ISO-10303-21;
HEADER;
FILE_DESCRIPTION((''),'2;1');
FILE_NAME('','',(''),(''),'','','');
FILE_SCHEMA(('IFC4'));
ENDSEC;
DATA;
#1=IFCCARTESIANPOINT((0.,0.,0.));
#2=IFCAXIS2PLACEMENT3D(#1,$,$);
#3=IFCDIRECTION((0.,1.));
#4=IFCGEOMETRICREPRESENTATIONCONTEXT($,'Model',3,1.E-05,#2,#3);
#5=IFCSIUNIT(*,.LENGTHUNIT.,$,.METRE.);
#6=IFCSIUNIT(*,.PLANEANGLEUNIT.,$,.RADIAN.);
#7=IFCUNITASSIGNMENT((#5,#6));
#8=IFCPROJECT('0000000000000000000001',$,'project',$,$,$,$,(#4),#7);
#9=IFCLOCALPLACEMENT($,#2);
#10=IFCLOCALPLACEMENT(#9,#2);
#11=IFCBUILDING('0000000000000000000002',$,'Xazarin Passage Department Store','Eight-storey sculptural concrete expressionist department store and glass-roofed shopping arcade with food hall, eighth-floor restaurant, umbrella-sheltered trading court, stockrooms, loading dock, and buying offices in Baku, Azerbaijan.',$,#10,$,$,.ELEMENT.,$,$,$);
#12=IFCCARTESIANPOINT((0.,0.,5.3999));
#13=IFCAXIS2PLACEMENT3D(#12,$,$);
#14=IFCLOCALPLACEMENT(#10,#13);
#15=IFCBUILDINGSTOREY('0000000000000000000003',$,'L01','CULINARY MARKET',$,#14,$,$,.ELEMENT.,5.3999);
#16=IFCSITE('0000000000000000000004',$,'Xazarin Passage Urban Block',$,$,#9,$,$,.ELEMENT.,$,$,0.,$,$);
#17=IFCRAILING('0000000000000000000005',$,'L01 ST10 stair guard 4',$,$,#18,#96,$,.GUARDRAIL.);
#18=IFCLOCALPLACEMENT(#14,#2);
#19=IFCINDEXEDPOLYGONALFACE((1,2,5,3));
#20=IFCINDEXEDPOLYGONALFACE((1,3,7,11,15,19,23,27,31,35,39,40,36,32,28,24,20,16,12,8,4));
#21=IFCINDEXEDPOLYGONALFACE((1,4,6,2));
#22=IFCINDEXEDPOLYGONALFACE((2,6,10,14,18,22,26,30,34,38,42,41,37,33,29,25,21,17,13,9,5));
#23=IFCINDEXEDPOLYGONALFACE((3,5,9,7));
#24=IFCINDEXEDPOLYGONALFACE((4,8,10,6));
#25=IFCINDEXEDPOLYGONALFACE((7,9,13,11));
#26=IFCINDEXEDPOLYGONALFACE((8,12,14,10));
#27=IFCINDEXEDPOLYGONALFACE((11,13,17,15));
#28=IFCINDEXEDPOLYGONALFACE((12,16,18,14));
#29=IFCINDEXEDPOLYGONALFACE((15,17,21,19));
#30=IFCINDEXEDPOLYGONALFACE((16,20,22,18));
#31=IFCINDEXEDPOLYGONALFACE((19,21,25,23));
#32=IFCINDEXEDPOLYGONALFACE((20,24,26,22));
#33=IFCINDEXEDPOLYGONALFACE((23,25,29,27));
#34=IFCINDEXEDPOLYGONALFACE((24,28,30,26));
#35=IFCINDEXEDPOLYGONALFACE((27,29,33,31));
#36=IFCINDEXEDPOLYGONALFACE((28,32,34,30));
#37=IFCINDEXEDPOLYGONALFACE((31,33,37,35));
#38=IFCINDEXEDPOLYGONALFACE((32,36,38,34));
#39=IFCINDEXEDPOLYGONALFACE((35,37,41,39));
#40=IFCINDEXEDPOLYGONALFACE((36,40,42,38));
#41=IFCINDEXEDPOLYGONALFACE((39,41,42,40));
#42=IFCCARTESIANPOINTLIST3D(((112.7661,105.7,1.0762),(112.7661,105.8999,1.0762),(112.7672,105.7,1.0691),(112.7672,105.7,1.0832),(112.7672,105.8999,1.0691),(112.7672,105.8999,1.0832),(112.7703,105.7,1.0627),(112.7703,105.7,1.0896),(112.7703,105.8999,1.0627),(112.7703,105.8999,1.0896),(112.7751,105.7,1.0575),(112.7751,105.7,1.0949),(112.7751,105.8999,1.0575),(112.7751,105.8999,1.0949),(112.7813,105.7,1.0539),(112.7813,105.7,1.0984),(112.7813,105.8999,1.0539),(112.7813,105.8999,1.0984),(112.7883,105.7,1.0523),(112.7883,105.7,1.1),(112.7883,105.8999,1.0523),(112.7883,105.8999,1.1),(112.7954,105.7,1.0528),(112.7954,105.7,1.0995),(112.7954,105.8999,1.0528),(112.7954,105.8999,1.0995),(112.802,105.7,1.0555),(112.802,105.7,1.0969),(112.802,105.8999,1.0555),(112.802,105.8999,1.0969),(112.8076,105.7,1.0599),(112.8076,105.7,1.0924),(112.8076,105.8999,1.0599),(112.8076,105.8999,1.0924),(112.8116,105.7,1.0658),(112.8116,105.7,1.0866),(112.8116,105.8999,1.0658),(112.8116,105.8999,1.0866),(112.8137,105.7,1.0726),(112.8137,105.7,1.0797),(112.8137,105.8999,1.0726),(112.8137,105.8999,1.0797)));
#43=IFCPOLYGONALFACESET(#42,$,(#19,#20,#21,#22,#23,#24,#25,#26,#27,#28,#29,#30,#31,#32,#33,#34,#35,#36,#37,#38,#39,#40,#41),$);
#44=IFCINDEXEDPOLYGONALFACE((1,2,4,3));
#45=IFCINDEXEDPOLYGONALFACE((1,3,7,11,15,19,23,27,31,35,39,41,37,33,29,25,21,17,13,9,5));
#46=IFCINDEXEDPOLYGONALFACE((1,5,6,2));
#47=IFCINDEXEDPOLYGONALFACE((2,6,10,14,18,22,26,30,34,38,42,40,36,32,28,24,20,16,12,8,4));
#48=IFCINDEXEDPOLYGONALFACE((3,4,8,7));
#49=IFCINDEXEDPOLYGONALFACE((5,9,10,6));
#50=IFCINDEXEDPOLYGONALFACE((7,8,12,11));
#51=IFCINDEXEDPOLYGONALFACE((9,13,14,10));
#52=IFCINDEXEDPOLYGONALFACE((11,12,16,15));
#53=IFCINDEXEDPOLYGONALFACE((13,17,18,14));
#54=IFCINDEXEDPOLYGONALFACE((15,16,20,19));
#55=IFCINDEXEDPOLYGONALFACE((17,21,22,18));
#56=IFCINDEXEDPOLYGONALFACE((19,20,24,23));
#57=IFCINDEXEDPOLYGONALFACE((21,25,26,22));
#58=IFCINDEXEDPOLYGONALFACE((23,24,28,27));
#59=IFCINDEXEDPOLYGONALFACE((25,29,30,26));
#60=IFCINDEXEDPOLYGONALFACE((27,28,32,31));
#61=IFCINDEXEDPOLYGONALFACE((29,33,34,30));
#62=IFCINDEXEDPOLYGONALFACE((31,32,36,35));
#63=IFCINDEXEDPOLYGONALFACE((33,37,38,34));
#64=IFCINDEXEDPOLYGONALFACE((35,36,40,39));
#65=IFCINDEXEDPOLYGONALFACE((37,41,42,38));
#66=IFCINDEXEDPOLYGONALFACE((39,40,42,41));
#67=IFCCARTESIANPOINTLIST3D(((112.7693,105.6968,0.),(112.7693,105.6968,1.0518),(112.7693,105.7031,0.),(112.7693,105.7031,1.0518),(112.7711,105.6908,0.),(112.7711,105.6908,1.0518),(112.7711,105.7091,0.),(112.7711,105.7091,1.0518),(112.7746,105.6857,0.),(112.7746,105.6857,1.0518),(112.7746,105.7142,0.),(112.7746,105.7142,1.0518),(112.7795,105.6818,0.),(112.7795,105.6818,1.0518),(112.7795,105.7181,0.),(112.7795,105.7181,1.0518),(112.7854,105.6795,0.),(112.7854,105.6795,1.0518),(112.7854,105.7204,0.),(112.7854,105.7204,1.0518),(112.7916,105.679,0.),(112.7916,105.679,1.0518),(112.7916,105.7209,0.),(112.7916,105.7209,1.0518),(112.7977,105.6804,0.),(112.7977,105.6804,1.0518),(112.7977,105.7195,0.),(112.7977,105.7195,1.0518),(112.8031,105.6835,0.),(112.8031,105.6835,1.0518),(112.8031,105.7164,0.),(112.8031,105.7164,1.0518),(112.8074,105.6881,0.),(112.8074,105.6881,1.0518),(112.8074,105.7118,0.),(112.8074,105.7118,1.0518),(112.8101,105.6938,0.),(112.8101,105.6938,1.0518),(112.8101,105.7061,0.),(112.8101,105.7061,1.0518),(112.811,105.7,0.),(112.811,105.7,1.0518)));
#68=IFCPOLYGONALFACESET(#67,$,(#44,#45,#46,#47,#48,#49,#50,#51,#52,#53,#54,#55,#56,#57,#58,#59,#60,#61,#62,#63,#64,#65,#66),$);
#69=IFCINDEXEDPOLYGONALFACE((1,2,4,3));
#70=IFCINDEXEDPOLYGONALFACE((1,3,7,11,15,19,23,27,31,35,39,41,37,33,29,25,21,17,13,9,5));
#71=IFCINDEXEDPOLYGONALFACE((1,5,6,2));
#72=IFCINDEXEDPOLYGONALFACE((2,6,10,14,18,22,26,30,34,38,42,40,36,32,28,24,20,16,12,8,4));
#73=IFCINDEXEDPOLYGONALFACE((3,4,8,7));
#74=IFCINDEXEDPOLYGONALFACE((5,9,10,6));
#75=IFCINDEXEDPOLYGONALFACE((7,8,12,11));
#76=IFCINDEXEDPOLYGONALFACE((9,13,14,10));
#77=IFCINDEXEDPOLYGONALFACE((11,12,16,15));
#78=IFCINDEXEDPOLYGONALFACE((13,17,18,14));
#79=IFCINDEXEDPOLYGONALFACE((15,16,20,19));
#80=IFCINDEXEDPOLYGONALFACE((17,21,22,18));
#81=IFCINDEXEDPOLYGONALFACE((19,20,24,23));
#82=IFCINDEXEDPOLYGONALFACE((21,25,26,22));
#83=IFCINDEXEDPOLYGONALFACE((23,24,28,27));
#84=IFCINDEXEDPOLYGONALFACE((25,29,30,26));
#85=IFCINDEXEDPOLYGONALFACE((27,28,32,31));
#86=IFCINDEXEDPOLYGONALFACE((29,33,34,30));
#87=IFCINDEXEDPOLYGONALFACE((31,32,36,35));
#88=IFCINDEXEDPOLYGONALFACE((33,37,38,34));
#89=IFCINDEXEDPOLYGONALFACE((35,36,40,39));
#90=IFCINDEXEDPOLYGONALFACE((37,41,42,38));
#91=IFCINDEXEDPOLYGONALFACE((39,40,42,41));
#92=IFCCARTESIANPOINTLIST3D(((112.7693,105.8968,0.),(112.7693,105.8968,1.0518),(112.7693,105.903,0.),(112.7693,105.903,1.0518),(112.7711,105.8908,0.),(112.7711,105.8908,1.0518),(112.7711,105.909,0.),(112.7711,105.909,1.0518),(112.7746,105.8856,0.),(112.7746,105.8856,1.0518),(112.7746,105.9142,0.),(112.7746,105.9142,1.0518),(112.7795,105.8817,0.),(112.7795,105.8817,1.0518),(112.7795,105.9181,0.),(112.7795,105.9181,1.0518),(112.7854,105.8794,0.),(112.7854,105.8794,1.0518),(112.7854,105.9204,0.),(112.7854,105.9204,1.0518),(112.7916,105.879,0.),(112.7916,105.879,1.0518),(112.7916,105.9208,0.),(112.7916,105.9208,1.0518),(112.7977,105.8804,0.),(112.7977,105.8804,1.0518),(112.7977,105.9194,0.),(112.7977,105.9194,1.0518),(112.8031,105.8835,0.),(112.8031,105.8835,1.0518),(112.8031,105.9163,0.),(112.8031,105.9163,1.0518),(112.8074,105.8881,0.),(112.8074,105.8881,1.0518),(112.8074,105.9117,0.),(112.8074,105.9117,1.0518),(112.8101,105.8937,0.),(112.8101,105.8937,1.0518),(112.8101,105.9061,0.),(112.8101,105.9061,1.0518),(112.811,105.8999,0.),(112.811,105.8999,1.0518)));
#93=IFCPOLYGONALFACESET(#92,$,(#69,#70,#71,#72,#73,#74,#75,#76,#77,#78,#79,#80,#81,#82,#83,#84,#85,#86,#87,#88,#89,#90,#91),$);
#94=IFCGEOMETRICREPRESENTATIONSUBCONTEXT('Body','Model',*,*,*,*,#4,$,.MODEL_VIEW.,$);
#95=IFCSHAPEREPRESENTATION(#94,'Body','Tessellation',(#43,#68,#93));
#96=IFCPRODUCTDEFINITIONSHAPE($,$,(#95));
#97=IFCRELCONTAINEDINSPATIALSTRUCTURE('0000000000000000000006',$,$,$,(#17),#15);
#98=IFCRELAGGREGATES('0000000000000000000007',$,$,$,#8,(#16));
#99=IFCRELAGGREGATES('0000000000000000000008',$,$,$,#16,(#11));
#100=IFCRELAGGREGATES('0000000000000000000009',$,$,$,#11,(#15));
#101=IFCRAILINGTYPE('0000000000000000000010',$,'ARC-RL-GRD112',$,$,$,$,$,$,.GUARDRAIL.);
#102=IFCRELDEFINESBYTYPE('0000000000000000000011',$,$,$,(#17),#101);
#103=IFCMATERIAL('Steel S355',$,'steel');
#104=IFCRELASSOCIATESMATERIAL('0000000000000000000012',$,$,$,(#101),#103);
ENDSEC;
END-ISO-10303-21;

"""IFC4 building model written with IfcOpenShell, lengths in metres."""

from ifc_helpers import new_model, si_unit, direction, frame, origin, origin_2d, place, context, subcontext, project, spatial, circle, extrude, material, type_object, element, save


model = new_model("IFC4")

# Units and contexts
model_context = context("Model", 3, precision=1e-05, world=origin(), true_north=direction((0.0, 1.0)))
body_context = subcontext(model_context, "Body", "Model", "MODEL_VIEW")
ifc_project = project(units=[si_unit("LENGTHUNIT", "METRE"), si_unit("PLANEANGLEUNIT", "RADIAN")], contexts=[model_context])

# Site, building, storey
site_placement = place(None, origin())
site = spatial("IfcSite", under=ifc_project, at=site_placement, Name="Xazarin Passage Urban Block", CompositionType="ELEMENT", RefElevation=0.0)
building_placement = place(site_placement, origin())
building = spatial("IfcBuilding", under=site, at=building_placement, Name="Xazarin Passage Department Store", Description="Eight-storey sculptural concrete expressionist department store and glass-roofed shopping arcade with food hall, eighth-floor restaurant, umbrella-sheltered trading court, stockrooms, loading dock, and buying offices in Baku, Azerbaijan.", CompositionType="ELEMENT")
storey_placement = place(building_placement, frame((0.0, 0.0, 5.3999)))
storey = spatial("IfcBuildingStorey", under=building, at=storey_placement, Name="L01", Description="CULINARY MARKET", CompositionType="ELEMENT", Elevation=5.3999)

# Shared definitions
ifc_material_1 = material(Name="Steel S355", Category="steel")

# Railing
railing_type_1 = type_object("IfcRailingType", Name="ARC-RL-GRD112", PredefinedType="GUARDRAIL", material=ifc_material_1)
railing_1_placement = place(storey_placement, frame((112.79, 105.7, 0.0)))
element("IfcRailing", 1, at=railing_1_placement, inside=storey, type_object=railing_type_1, Name="L01 ST10 stair guard 4", PredefinedType="GUARDRAIL", context=body_context, shape_type="SweptSolid", body=[
    extrude(circle(Radius=0.0239, at=origin_2d()), frame((0.0, 0.0, 1.0762), z_axis=(0.0, 1.0, 0.0), x_axis=(-1.0, 0.0, 0.0)), (0.0, 0.0, 1.0), 0.2),
    extrude(circle(Radius=0.021, at=origin_2d()), origin(), (0.0, 0.0, 1.0), 1.0518),
    extrude(circle(Radius=0.021, at=origin_2d()), frame((0.0, 0.2, 0.0)), (0.0, 0.0, 1.0), 1.0518),
])

save(model, "model.ifc")
